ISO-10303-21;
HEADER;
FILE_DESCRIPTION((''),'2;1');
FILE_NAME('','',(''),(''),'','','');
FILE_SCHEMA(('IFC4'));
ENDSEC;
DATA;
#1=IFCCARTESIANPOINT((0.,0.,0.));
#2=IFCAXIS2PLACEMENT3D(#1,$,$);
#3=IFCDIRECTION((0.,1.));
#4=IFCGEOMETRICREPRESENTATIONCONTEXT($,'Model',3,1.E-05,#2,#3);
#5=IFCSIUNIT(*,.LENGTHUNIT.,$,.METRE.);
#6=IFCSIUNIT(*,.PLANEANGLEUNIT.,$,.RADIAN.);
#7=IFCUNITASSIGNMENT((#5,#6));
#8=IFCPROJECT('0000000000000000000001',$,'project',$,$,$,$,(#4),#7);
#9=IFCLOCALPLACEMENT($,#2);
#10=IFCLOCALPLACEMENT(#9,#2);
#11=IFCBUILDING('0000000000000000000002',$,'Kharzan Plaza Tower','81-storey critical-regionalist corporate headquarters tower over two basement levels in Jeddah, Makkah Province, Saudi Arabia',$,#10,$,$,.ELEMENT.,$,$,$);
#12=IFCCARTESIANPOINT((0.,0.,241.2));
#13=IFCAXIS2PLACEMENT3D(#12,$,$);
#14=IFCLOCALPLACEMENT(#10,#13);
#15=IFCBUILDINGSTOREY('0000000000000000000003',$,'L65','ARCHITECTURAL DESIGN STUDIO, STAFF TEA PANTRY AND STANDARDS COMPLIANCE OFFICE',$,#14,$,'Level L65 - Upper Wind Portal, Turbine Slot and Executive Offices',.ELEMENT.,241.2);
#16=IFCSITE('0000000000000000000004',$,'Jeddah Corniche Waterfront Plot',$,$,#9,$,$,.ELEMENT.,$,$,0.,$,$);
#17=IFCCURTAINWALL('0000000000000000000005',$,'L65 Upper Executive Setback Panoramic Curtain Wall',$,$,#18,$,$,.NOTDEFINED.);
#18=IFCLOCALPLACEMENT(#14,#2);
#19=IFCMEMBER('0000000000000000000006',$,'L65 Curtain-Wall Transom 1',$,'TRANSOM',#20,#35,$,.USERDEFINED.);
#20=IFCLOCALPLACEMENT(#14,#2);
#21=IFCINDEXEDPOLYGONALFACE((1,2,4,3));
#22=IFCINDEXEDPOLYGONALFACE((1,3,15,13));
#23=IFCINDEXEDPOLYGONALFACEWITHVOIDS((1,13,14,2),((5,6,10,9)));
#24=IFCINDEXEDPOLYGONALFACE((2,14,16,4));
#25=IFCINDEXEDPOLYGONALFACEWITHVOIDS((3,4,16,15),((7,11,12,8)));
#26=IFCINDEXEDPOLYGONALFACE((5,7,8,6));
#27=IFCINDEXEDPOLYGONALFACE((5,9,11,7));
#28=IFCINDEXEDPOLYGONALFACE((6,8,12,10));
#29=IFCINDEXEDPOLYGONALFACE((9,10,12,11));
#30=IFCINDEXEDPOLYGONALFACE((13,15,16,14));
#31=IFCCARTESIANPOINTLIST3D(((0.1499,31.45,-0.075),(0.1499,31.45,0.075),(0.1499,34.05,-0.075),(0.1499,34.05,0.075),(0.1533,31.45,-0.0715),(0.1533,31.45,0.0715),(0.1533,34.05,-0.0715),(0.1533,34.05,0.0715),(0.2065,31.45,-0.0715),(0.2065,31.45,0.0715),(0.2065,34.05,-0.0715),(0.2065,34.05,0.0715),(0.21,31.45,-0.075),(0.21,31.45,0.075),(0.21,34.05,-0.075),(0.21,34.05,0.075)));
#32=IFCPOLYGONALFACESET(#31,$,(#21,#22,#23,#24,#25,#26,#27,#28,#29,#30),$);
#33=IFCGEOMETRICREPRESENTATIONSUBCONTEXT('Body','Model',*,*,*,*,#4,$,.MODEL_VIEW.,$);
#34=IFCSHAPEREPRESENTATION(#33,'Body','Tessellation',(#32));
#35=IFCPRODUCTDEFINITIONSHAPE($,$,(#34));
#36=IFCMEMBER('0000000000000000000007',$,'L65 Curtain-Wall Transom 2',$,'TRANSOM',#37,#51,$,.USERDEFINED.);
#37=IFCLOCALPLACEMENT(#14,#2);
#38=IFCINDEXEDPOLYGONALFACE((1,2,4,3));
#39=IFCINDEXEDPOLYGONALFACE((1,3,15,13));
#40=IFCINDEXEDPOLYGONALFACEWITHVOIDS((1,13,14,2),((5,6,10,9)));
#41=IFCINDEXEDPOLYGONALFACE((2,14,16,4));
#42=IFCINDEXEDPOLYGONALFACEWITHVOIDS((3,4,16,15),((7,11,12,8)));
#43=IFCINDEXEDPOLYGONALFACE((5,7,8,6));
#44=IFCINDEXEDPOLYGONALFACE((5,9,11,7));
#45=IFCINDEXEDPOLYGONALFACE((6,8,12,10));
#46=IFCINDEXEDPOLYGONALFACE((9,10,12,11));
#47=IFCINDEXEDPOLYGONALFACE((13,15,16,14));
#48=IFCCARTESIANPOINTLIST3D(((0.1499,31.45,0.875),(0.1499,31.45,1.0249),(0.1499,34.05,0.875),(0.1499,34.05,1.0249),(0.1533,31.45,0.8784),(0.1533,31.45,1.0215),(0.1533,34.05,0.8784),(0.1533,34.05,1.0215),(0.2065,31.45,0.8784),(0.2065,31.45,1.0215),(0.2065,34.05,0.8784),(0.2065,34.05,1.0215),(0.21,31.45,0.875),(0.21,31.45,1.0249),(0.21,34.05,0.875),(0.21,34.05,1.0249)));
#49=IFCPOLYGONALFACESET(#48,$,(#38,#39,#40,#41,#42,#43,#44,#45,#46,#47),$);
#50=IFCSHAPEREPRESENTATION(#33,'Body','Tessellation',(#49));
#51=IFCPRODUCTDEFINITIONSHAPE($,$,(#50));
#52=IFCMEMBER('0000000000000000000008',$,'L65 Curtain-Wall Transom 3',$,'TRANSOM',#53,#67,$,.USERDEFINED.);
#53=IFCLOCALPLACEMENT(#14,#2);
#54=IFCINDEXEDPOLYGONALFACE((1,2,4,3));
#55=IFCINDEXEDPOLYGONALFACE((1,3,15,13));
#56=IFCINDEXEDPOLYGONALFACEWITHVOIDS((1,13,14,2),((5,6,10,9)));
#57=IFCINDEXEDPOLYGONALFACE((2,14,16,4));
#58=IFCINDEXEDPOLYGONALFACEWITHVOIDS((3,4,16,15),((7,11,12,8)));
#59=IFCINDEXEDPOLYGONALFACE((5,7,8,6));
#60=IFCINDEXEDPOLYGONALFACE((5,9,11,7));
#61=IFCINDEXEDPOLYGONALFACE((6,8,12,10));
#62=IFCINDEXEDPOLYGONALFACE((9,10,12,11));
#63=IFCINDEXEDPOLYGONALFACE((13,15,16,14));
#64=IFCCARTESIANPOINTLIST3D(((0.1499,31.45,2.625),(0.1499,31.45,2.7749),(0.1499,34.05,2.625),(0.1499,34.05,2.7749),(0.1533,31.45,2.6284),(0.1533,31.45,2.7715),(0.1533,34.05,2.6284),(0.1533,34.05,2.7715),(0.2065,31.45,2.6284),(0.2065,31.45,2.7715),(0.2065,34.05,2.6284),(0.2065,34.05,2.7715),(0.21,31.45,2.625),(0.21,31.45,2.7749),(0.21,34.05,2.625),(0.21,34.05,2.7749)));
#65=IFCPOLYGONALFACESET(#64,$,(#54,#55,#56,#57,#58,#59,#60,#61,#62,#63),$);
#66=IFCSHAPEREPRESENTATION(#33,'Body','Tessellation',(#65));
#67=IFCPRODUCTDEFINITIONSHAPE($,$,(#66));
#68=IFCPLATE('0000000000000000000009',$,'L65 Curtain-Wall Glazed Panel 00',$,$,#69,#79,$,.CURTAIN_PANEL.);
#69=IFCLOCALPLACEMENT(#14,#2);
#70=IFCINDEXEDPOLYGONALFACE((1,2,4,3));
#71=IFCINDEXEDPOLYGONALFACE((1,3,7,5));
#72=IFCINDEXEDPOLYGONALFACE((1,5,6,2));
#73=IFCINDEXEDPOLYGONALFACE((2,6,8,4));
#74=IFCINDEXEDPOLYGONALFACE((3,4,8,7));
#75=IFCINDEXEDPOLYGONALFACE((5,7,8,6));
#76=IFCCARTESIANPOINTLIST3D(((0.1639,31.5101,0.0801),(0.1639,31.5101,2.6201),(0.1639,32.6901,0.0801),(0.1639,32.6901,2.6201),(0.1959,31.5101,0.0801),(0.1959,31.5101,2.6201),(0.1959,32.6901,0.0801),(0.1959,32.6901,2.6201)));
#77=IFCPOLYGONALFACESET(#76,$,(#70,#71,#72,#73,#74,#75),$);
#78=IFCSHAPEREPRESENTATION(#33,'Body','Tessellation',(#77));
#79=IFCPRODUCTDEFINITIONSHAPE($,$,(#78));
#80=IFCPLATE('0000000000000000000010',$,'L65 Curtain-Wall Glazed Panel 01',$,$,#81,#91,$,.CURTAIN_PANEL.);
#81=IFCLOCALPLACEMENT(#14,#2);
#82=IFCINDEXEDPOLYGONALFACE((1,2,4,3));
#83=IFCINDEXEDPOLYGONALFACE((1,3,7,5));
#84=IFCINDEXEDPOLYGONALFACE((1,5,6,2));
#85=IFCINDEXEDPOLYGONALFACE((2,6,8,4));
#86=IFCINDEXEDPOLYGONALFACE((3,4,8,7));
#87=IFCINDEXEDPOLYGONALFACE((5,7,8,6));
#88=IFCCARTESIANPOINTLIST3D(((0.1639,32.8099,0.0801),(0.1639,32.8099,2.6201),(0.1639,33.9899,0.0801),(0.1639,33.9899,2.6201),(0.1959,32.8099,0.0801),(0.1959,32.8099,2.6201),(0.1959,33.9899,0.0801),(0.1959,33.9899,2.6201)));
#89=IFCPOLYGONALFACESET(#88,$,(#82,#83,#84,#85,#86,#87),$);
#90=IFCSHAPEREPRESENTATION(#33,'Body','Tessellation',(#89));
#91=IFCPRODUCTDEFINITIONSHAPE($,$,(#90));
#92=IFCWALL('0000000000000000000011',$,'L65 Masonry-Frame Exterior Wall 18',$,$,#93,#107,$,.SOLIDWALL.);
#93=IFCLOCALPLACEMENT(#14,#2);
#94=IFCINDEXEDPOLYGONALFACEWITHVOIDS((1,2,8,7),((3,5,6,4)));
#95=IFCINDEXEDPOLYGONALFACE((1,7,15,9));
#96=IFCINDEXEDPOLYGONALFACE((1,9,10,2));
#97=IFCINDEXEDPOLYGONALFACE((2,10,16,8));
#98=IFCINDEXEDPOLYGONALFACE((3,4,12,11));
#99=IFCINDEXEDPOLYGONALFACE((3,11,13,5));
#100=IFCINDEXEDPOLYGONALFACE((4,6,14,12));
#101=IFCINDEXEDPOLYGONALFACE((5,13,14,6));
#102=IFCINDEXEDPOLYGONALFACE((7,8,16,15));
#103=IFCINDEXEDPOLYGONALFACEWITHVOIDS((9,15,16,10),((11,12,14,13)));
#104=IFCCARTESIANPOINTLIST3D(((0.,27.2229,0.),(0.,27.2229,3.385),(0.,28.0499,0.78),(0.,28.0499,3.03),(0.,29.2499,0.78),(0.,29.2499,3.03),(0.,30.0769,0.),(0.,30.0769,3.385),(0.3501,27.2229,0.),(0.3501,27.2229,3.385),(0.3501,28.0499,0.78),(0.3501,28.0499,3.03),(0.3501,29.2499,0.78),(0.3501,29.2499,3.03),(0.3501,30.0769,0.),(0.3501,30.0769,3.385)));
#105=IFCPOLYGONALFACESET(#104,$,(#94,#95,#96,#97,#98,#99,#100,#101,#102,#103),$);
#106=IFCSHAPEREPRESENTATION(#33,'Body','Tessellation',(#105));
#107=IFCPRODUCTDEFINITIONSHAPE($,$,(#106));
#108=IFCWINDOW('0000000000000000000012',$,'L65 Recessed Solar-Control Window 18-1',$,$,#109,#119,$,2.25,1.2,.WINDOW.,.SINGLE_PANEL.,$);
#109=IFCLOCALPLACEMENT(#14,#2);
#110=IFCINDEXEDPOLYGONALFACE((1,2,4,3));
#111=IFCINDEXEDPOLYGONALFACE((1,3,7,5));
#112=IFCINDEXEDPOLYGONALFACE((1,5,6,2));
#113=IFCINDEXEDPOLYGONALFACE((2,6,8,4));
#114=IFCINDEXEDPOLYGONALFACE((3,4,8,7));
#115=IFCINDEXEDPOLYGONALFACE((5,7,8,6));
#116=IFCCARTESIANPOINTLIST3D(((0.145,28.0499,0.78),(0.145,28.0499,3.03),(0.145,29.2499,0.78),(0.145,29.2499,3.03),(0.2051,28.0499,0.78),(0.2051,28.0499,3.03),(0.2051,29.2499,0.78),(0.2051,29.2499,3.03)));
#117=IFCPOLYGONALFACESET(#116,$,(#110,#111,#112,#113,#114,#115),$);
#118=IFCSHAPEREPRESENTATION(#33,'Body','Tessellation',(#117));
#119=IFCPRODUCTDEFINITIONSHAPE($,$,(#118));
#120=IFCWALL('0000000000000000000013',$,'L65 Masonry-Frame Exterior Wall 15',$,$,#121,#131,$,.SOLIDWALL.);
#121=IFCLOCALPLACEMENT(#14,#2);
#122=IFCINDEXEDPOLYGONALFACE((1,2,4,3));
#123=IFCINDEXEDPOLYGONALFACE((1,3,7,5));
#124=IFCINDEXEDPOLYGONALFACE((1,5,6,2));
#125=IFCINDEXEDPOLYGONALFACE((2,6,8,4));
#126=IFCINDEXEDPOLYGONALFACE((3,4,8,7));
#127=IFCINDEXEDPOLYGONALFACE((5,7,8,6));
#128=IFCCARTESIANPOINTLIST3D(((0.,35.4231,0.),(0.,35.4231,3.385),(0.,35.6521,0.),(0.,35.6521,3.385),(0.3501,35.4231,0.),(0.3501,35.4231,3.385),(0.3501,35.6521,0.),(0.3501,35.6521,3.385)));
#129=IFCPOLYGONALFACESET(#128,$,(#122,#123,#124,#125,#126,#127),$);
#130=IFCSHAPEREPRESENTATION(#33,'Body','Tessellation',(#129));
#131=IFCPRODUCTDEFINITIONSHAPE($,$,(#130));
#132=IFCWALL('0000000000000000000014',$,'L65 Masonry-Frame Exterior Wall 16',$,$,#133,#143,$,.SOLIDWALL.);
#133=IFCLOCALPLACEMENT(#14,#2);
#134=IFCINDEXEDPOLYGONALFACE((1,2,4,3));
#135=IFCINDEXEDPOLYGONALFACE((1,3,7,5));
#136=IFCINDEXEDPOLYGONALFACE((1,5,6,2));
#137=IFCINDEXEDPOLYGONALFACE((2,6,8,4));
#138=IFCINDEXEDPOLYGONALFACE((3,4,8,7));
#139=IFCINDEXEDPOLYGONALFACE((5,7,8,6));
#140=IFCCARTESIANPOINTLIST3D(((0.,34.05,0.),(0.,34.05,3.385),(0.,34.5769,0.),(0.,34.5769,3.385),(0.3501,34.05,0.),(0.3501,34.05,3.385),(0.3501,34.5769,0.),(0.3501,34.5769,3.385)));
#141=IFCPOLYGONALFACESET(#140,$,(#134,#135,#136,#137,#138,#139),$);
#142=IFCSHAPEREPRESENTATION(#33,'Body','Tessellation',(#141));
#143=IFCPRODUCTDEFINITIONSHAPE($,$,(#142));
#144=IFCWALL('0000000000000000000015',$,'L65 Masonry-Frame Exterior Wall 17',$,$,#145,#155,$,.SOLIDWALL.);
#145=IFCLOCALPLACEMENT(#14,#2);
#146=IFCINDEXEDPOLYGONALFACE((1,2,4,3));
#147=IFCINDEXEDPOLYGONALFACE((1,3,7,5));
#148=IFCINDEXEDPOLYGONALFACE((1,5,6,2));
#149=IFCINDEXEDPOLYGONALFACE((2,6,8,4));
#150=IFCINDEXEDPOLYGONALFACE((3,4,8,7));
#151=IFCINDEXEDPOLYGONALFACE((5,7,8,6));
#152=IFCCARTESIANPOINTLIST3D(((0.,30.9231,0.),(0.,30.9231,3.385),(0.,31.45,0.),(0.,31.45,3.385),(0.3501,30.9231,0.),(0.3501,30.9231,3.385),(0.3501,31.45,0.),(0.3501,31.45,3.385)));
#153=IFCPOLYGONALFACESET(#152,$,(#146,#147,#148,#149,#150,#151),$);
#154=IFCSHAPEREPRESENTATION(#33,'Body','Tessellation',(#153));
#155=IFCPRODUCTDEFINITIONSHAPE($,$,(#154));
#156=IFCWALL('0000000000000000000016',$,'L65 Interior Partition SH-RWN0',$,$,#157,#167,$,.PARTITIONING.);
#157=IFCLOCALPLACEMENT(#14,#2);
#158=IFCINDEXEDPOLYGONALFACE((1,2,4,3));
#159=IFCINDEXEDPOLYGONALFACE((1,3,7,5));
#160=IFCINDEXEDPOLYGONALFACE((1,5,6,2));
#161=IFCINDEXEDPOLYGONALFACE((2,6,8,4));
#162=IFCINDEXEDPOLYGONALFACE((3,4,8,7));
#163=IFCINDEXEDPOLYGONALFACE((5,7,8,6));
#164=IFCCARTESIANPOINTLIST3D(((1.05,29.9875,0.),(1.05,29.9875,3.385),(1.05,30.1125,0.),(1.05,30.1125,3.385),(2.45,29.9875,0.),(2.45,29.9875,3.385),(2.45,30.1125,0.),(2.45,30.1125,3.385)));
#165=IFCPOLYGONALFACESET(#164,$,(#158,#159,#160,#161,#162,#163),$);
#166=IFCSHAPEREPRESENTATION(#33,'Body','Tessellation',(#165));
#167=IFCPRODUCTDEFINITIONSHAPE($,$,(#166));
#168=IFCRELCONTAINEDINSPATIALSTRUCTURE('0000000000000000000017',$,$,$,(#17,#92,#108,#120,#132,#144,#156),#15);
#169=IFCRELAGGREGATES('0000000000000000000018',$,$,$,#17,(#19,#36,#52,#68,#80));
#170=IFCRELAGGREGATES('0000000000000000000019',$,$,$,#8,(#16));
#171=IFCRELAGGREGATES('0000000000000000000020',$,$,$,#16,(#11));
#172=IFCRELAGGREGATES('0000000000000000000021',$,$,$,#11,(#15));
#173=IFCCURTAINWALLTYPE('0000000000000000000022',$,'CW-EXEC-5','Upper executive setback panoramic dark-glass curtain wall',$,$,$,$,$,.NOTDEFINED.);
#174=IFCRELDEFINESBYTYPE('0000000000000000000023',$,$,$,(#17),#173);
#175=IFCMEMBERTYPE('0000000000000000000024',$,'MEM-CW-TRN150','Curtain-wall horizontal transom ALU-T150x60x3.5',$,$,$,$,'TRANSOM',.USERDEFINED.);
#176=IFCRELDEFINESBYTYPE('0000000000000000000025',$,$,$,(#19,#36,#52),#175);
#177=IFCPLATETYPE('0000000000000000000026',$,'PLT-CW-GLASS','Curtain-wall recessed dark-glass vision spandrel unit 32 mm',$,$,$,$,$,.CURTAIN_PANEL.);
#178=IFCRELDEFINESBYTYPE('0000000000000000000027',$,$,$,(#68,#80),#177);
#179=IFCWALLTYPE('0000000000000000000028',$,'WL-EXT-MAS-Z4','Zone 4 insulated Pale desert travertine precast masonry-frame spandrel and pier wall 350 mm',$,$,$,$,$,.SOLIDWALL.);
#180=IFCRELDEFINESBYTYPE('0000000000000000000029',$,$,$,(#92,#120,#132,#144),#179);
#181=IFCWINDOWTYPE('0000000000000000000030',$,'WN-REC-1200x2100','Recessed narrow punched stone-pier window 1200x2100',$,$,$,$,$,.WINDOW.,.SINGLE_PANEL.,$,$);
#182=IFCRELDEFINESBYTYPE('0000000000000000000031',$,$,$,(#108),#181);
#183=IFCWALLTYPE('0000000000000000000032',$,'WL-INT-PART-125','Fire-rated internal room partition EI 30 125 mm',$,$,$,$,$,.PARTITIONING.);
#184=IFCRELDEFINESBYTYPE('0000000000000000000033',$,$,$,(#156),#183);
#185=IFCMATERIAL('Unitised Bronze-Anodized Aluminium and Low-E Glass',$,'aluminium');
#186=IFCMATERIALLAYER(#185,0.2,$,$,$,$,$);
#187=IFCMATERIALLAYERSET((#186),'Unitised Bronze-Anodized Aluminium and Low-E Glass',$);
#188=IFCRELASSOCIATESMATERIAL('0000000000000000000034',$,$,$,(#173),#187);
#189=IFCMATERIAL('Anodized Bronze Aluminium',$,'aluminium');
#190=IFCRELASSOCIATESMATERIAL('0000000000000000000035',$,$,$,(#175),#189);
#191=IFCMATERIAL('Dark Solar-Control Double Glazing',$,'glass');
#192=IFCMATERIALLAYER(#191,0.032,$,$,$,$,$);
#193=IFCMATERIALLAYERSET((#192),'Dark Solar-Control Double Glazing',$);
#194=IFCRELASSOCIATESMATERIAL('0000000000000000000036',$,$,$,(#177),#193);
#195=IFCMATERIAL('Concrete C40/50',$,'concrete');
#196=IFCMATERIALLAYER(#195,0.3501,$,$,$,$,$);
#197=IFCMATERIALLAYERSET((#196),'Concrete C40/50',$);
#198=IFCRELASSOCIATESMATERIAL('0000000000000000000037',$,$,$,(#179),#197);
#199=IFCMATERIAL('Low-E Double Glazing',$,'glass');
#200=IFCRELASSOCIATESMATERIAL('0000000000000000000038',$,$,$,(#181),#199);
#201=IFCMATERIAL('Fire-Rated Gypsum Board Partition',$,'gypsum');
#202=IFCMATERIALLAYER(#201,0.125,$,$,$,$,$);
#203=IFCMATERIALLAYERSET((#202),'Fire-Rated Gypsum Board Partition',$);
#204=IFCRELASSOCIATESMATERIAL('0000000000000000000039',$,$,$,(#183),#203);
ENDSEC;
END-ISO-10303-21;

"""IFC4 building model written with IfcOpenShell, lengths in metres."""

from ifc_helpers import new_model, si_unit, direction, frame, frame_2d, origin, origin_2d, place, context, subcontext, project, spatial, rectangle, hollow_rectangle, extrude, source, transform, mapped, material, layer, layer_set, material_profile, profile_set, type_object, element, fill, aggregate, save


model = new_model("IFC4")

# Units and contexts
model_context = context("Model", 3, precision=1e-05, world=origin(), true_north=direction((0.0, 1.0)))
body_context = subcontext(model_context, "Body", "Model", "MODEL_VIEW")
ifc_project = project(units=[si_unit("LENGTHUNIT", "METRE"), si_unit("PLANEANGLEUNIT", "RADIAN")], contexts=[model_context])

# Site, building, storey
site_placement = place(None, origin())
site = spatial("IfcSite", under=ifc_project, at=site_placement, Name="Jeddah Corniche Waterfront Plot", CompositionType="ELEMENT", RefElevation=0.0)
building_placement = place(site_placement, origin())
building = spatial("IfcBuilding", under=site, at=building_placement, Name="Kharzan Plaza Tower", Description="81-storey critical-regionalist corporate headquarters tower over two basement levels in Jeddah, Makkah Province, Saudi Arabia", CompositionType="ELEMENT")
storey_placement = place(building_placement, frame((0.0, 0.0, 241.2)))
storey = spatial("IfcBuildingStorey", under=building, at=storey_placement, Name="L65", Description="ARCHITECTURAL DESIGN STUDIO, STAFF TEA PANTRY AND STANDARDS COMPLIANCE OFFICE", LongName="Level L65 - Upper Wind Portal, Turbine Slot and Executive Offices", CompositionType="ELEMENT", Elevation=241.2)

# Curtain wall
ifc_material_1 = material(Name="Unitised Bronze-Anodized Aluminium and Low-E Glass", Category="aluminium")
ifc_layer_1 = layer(ifc_material_1, 0.2)
ifc_layer_set_1 = layer_set([ifc_layer_1], Name="Unitised Bronze-Anodized Aluminium and Low-E Glass")
curtain_wall_type = type_object("IfcCurtainWallType", Name="CW-EXEC-5", Description="Upper executive setback panoramic dark-glass curtain wall", PredefinedType="NOTDEFINED", material=ifc_layer_set_1)
curtain_wall_placement = place(storey_placement, origin())
curtain_wall = element("IfcCurtainWall", 1, at=curtain_wall_placement, inside=storey, type_object=curtain_wall_type, Name="L65 Upper Executive Setback Panoramic Curtain Wall", PredefinedType="NOTDEFINED")
ifc_material_2 = material(Name="Anodized Bronze Aluminium", Category="aluminium")

# Members
ifc_material_profile_1 = material_profile(ifc_material_2, hollow_rectangle(XDim=0.0601, YDim=0.1499, WallThickness=0.0034, at=origin_2d()), Name="ALU-T150x60x3.5")
ifc_profile_set_1 = profile_set([ifc_material_profile_1], Name="Anodized Bronze Aluminium")
member_type_1 = type_object("IfcMemberType", Name="MEM-CW-TRN150", Description="Curtain-wall horizontal transom ALU-T150x60x3.5", ElementType="TRANSOM", PredefinedType="USERDEFINED", material=ifc_profile_set_1)
shared_shape_1 = source(origin(), body_context, "Body", "SweptSolid", [
    extrude(hollow_rectangle(XDim=0.0601, YDim=0.1499, WallThickness=0.0034, at=origin_2d()), origin(), (0.0, 0.0, 1.0), 2.6001),
])
member_1_placement = place(storey_placement, frame((0.1799, 31.45, 0.0), z_axis=(0.0, 1.0, 0.0), x_axis=(-1.0, 0.0, 0.0)))
member_1 = element("IfcMember", 2, at=member_1_placement, type_object=member_type_1, Name="L65 Curtain-Wall Transom 1", ObjectType="TRANSOM", PredefinedType="USERDEFINED", context=body_context, shape_type="MappedRepresentation", body=[
    mapped(shared_shape_1, transform((0.0, 0.0, 0.0), x_axis=(1.0, 0.0, 0.0), y_axis=(0.0, 1.0, 0.0), z_axis=(0.0, 0.0, 1.0))),
])
member_2_placement = place(storey_placement, frame((0.1799, 31.45, 0.95), z_axis=(0.0, 1.0, 0.0), x_axis=(-1.0, 0.0, 0.0)))
member_2 = element("IfcMember", 3, at=member_2_placement, type_object=member_type_1, Name="L65 Curtain-Wall Transom 2", ObjectType="TRANSOM", PredefinedType="USERDEFINED", context=body_context, shape_type="MappedRepresentation", body=[
    mapped(shared_shape_1, transform((0.0, 0.0, 0.0), x_axis=(1.0, 0.0, 0.0), y_axis=(0.0, 1.0, 0.0), z_axis=(0.0, 0.0, 1.0))),
])
member_3_placement = place(storey_placement, frame((0.1799, 31.45, 2.7), z_axis=(0.0, 1.0, 0.0), x_axis=(-1.0, 0.0, 0.0)))
member_3 = element("IfcMember", 4, at=member_3_placement, type_object=member_type_1, Name="L65 Curtain-Wall Transom 3", ObjectType="TRANSOM", PredefinedType="USERDEFINED", context=body_context, shape_type="MappedRepresentation", body=[
    mapped(shared_shape_1, transform((0.0, 0.0, 0.0), x_axis=(1.0, 0.0, 0.0), y_axis=(0.0, 1.0, 0.0), z_axis=(0.0, 0.0, 1.0))),
])

# Plates
ifc_material_3 = material(Name="Dark Solar-Control Double Glazing", Category="glass")
ifc_layer_2 = layer(ifc_material_3, 0.032)
ifc_layer_set_2 = layer_set([ifc_layer_2], Name="Dark Solar-Control Double Glazing")
plate_type = type_object("IfcPlateType", Name="PLT-CW-GLASS", Description="Curtain-wall recessed dark-glass vision spandrel unit 32 mm", PredefinedType="CURTAIN_PANEL", material=ifc_layer_set_2)
shared_shape_2 = source(origin(), body_context, "Body", "SweptSolid", [
    extrude(rectangle(XDim=1.1799, YDim=0.032, at=origin_2d()), origin(), (0.0, 0.0, 1.0), 2.54),
])
plate_1_placement = place(storey_placement, frame((0.1799, 32.1001, 0.0801), z_axis=(0.0, 0.0, 1.0), x_axis=(0.0, 1.0, 0.0)))
plate_1 = element("IfcPlate", 5, at=plate_1_placement, type_object=plate_type, Name="L65 Curtain-Wall Glazed Panel 00", PredefinedType="CURTAIN_PANEL", context=body_context, shape_type="MappedRepresentation", body=[
    mapped(shared_shape_2, transform((0.0, 0.0, 0.0), x_axis=(1.0, 0.0, 0.0), y_axis=(0.0, 1.0, 0.0), z_axis=(0.0, 0.0, 1.0))),
])
plate_2_placement = place(storey_placement, frame((0.1799, 33.3999, 0.0801), z_axis=(0.0, 0.0, 1.0), x_axis=(0.0, 1.0, 0.0)))
plate_2 = element("IfcPlate", 6, at=plate_2_placement, type_object=plate_type, Name="L65 Curtain-Wall Glazed Panel 01", PredefinedType="CURTAIN_PANEL", context=body_context, shape_type="MappedRepresentation", body=[
    mapped(shared_shape_2, transform((0.0, 0.0, 0.0), x_axis=(1.0, 0.0, 0.0), y_axis=(0.0, 1.0, 0.0), z_axis=(0.0, 0.0, 1.0))),
])
aggregate(curtain_wall, [member_1, member_2, member_3, plate_1, plate_2])

# Wall, opening, window
ifc_material_4 = material(Name="Concrete C40/50", Category="concrete")
ifc_layer_3 = layer(ifc_material_4, 0.3501)
ifc_layer_set_3 = layer_set([ifc_layer_3], Name="Concrete C40/50")
wall_type_1 = type_object("IfcWallType", Name="WL-EXT-MAS-Z4", Description="Zone 4 insulated Pale desert travertine precast masonry-frame spandrel and pier wall 350 mm", PredefinedType="SOLIDWALL", material=ifc_layer_set_3)
wall_1_placement = place(storey_placement, frame((0.175, 30.0769, 0.0), z_axis=(0.0, 0.0, 1.0), x_axis=(0.0, -1.0, 0.0)))
wall_1 = element("IfcWall", 7, at=wall_1_placement, inside=storey, type_object=wall_type_1, Name="L65 Masonry-Frame Exterior Wall 18", PredefinedType="SOLIDWALL", context=body_context, shape_type="SweptSolid", body=[
    extrude(rectangle(XDim=2.854, YDim=0.3501, at=frame_2d((1.427, 0.0))), origin(), (0.0, 0.0, 1.0), 3.385),
])
opening_placement = place(wall_1_placement, frame((0.8269, 0.0, 0.78)))
opening = element("IfcOpeningElement", 8, at=opening_placement, cuts=wall_1, PredefinedType="OPENING", context=body_context, shape_type="SweptSolid", body=[
    extrude(rectangle(XDim=1.2, YDim=2.25, at=frame_2d((0.6001, 1.125))), frame((0.0, 0.1851, 0.0), z_axis=(0.0, -1.0, 0.0), x_axis=(1.0, 0.0, 0.0)), (0.0, 0.0, 1.0), 0.3701),
])
ifc_material_5 = material(Name="Low-E Double Glazing", Category="glass")
window_type = type_object("IfcWindowType", Name="WN-REC-1200x2100", Description="Recessed narrow punched stone-pier window 1200x2100", PartitioningType="SINGLE_PANEL", PredefinedType="WINDOW", material=ifc_material_5)
shared_shape_3 = source(origin(), body_context, "Body", "SweptSolid", [
    extrude(rectangle(XDim=1.2, YDim=2.25, at=frame_2d((0.6001, 1.125))), frame((0.0, 0.03, 0.0), z_axis=(0.0, -1.0, 0.0), x_axis=(1.0, 0.0, 0.0)), (0.0, 0.0, 1.0), 0.0601),
])
window_placement = place(opening_placement, origin())
window = element("IfcWindow", 9, at=window_placement, inside=storey, type_object=window_type, Name="L65 Recessed Solar-Control Window 18-1", OverallHeight=2.25, OverallWidth=1.2, PartitioningType="SINGLE_PANEL", PredefinedType="WINDOW", context=body_context, shape_type="MappedRepresentation", body=[
    mapped(shared_shape_3, transform((0.0, 0.0, 0.0), x_axis=(1.0, 0.0, 0.0), y_axis=(0.0, 1.0, 0.0), z_axis=(0.0, 0.0, 1.0))),
])
fill(opening, window)

# Walls
shared_shape_4 = source(origin(), body_context, "Body", "SweptSolid", [
    extrude(rectangle(XDim=0.229, YDim=0.3501, at=frame_2d((0.1145, 0.0))), origin(), (0.0, 0.0, 1.0), 3.385),
])
wall_2_placement = place(storey_placement, frame((0.175, 35.6521, 0.0), z_axis=(0.0, 0.0, 1.0), x_axis=(0.0, -1.0, 0.0)))
element("IfcWall", 10, at=wall_2_placement, inside=storey, type_object=wall_type_1, Name="L65 Masonry-Frame Exterior Wall 15", PredefinedType="SOLIDWALL", context=body_context, shape_type="MappedRepresentation", body=[
    mapped(shared_shape_4, transform((0.0, 0.0, 0.0), x_axis=(1.0, 0.0, 0.0), y_axis=(0.0, 1.0, 0.0), z_axis=(0.0, 0.0, 1.0))),
])
shared_shape_5 = source(origin(), body_context, "Body", "SweptSolid", [
    extrude(rectangle(XDim=0.5269, YDim=0.3501, at=frame_2d((0.2634, 0.0))), origin(), (0.0, 0.0, 1.0), 3.385),
])
for number, where, z_axis, x_axis, name in (
    (11, (0.175, 34.5769, 0.0), (0.0, 0.0, 1.0), (0.0, -1.0, 0.0), "L65 Masonry-Frame Exterior Wall 16"),
    (12, (0.175, 31.45, 0.0), (0.0, 0.0, 1.0), (0.0, -1.0, 0.0), "L65 Masonry-Frame Exterior Wall 17"),
):
    element("IfcWall", number, at=place(storey_placement, frame(where, z_axis=z_axis, x_axis=x_axis)), inside=storey, type_object=wall_type_1, Name=name, PredefinedType="SOLIDWALL", context=body_context, shape_type="MappedRepresentation", body=[
        mapped(shared_shape_5, transform((0.0, 0.0, 0.0), x_axis=(1.0, 0.0, 0.0), y_axis=(0.0, 1.0, 0.0), z_axis=(0.0, 0.0, 1.0))),
    ])
ifc_material_6 = material(Name="Fire-Rated Gypsum Board Partition", Category="gypsum")
ifc_layer_4 = layer(ifc_material_6, 0.125)
ifc_layer_set_4 = layer_set([ifc_layer_4], Name="Fire-Rated Gypsum Board Partition")
wall_type_2 = type_object("IfcWallType", Name="WL-INT-PART-125", Description="Fire-rated internal room partition EI 30 125 mm", PredefinedType="PARTITIONING", material=ifc_layer_set_4)
shared_shape_6 = source(origin(), body_context, "Body", "SweptSolid", [
    extrude(rectangle(XDim=1.3999, YDim=0.125, at=frame_2d((0.7, 0.0))), origin(), (0.0, 0.0, 1.0), 3.385),
])
wall_3_placement = place(storey_placement, frame((1.05, 30.05, 0.0), z_axis=(0.0, 0.0, 1.0), x_axis=(1.0, 0.0, 0.0)))
element("IfcWall", 13, at=wall_3_placement, inside=storey, type_object=wall_type_2, Name="L65 Interior Partition SH-RWN0", PredefinedType="PARTITIONING", context=body_context, shape_type="MappedRepresentation", body=[
    mapped(shared_shape_6, transform((0.0, 0.0, 0.0), x_axis=(1.0, 0.0, 0.0), y_axis=(0.0, 1.0, 0.0), z_axis=(0.0, 0.0, 1.0))),
])

save(model, "model.ifc")
